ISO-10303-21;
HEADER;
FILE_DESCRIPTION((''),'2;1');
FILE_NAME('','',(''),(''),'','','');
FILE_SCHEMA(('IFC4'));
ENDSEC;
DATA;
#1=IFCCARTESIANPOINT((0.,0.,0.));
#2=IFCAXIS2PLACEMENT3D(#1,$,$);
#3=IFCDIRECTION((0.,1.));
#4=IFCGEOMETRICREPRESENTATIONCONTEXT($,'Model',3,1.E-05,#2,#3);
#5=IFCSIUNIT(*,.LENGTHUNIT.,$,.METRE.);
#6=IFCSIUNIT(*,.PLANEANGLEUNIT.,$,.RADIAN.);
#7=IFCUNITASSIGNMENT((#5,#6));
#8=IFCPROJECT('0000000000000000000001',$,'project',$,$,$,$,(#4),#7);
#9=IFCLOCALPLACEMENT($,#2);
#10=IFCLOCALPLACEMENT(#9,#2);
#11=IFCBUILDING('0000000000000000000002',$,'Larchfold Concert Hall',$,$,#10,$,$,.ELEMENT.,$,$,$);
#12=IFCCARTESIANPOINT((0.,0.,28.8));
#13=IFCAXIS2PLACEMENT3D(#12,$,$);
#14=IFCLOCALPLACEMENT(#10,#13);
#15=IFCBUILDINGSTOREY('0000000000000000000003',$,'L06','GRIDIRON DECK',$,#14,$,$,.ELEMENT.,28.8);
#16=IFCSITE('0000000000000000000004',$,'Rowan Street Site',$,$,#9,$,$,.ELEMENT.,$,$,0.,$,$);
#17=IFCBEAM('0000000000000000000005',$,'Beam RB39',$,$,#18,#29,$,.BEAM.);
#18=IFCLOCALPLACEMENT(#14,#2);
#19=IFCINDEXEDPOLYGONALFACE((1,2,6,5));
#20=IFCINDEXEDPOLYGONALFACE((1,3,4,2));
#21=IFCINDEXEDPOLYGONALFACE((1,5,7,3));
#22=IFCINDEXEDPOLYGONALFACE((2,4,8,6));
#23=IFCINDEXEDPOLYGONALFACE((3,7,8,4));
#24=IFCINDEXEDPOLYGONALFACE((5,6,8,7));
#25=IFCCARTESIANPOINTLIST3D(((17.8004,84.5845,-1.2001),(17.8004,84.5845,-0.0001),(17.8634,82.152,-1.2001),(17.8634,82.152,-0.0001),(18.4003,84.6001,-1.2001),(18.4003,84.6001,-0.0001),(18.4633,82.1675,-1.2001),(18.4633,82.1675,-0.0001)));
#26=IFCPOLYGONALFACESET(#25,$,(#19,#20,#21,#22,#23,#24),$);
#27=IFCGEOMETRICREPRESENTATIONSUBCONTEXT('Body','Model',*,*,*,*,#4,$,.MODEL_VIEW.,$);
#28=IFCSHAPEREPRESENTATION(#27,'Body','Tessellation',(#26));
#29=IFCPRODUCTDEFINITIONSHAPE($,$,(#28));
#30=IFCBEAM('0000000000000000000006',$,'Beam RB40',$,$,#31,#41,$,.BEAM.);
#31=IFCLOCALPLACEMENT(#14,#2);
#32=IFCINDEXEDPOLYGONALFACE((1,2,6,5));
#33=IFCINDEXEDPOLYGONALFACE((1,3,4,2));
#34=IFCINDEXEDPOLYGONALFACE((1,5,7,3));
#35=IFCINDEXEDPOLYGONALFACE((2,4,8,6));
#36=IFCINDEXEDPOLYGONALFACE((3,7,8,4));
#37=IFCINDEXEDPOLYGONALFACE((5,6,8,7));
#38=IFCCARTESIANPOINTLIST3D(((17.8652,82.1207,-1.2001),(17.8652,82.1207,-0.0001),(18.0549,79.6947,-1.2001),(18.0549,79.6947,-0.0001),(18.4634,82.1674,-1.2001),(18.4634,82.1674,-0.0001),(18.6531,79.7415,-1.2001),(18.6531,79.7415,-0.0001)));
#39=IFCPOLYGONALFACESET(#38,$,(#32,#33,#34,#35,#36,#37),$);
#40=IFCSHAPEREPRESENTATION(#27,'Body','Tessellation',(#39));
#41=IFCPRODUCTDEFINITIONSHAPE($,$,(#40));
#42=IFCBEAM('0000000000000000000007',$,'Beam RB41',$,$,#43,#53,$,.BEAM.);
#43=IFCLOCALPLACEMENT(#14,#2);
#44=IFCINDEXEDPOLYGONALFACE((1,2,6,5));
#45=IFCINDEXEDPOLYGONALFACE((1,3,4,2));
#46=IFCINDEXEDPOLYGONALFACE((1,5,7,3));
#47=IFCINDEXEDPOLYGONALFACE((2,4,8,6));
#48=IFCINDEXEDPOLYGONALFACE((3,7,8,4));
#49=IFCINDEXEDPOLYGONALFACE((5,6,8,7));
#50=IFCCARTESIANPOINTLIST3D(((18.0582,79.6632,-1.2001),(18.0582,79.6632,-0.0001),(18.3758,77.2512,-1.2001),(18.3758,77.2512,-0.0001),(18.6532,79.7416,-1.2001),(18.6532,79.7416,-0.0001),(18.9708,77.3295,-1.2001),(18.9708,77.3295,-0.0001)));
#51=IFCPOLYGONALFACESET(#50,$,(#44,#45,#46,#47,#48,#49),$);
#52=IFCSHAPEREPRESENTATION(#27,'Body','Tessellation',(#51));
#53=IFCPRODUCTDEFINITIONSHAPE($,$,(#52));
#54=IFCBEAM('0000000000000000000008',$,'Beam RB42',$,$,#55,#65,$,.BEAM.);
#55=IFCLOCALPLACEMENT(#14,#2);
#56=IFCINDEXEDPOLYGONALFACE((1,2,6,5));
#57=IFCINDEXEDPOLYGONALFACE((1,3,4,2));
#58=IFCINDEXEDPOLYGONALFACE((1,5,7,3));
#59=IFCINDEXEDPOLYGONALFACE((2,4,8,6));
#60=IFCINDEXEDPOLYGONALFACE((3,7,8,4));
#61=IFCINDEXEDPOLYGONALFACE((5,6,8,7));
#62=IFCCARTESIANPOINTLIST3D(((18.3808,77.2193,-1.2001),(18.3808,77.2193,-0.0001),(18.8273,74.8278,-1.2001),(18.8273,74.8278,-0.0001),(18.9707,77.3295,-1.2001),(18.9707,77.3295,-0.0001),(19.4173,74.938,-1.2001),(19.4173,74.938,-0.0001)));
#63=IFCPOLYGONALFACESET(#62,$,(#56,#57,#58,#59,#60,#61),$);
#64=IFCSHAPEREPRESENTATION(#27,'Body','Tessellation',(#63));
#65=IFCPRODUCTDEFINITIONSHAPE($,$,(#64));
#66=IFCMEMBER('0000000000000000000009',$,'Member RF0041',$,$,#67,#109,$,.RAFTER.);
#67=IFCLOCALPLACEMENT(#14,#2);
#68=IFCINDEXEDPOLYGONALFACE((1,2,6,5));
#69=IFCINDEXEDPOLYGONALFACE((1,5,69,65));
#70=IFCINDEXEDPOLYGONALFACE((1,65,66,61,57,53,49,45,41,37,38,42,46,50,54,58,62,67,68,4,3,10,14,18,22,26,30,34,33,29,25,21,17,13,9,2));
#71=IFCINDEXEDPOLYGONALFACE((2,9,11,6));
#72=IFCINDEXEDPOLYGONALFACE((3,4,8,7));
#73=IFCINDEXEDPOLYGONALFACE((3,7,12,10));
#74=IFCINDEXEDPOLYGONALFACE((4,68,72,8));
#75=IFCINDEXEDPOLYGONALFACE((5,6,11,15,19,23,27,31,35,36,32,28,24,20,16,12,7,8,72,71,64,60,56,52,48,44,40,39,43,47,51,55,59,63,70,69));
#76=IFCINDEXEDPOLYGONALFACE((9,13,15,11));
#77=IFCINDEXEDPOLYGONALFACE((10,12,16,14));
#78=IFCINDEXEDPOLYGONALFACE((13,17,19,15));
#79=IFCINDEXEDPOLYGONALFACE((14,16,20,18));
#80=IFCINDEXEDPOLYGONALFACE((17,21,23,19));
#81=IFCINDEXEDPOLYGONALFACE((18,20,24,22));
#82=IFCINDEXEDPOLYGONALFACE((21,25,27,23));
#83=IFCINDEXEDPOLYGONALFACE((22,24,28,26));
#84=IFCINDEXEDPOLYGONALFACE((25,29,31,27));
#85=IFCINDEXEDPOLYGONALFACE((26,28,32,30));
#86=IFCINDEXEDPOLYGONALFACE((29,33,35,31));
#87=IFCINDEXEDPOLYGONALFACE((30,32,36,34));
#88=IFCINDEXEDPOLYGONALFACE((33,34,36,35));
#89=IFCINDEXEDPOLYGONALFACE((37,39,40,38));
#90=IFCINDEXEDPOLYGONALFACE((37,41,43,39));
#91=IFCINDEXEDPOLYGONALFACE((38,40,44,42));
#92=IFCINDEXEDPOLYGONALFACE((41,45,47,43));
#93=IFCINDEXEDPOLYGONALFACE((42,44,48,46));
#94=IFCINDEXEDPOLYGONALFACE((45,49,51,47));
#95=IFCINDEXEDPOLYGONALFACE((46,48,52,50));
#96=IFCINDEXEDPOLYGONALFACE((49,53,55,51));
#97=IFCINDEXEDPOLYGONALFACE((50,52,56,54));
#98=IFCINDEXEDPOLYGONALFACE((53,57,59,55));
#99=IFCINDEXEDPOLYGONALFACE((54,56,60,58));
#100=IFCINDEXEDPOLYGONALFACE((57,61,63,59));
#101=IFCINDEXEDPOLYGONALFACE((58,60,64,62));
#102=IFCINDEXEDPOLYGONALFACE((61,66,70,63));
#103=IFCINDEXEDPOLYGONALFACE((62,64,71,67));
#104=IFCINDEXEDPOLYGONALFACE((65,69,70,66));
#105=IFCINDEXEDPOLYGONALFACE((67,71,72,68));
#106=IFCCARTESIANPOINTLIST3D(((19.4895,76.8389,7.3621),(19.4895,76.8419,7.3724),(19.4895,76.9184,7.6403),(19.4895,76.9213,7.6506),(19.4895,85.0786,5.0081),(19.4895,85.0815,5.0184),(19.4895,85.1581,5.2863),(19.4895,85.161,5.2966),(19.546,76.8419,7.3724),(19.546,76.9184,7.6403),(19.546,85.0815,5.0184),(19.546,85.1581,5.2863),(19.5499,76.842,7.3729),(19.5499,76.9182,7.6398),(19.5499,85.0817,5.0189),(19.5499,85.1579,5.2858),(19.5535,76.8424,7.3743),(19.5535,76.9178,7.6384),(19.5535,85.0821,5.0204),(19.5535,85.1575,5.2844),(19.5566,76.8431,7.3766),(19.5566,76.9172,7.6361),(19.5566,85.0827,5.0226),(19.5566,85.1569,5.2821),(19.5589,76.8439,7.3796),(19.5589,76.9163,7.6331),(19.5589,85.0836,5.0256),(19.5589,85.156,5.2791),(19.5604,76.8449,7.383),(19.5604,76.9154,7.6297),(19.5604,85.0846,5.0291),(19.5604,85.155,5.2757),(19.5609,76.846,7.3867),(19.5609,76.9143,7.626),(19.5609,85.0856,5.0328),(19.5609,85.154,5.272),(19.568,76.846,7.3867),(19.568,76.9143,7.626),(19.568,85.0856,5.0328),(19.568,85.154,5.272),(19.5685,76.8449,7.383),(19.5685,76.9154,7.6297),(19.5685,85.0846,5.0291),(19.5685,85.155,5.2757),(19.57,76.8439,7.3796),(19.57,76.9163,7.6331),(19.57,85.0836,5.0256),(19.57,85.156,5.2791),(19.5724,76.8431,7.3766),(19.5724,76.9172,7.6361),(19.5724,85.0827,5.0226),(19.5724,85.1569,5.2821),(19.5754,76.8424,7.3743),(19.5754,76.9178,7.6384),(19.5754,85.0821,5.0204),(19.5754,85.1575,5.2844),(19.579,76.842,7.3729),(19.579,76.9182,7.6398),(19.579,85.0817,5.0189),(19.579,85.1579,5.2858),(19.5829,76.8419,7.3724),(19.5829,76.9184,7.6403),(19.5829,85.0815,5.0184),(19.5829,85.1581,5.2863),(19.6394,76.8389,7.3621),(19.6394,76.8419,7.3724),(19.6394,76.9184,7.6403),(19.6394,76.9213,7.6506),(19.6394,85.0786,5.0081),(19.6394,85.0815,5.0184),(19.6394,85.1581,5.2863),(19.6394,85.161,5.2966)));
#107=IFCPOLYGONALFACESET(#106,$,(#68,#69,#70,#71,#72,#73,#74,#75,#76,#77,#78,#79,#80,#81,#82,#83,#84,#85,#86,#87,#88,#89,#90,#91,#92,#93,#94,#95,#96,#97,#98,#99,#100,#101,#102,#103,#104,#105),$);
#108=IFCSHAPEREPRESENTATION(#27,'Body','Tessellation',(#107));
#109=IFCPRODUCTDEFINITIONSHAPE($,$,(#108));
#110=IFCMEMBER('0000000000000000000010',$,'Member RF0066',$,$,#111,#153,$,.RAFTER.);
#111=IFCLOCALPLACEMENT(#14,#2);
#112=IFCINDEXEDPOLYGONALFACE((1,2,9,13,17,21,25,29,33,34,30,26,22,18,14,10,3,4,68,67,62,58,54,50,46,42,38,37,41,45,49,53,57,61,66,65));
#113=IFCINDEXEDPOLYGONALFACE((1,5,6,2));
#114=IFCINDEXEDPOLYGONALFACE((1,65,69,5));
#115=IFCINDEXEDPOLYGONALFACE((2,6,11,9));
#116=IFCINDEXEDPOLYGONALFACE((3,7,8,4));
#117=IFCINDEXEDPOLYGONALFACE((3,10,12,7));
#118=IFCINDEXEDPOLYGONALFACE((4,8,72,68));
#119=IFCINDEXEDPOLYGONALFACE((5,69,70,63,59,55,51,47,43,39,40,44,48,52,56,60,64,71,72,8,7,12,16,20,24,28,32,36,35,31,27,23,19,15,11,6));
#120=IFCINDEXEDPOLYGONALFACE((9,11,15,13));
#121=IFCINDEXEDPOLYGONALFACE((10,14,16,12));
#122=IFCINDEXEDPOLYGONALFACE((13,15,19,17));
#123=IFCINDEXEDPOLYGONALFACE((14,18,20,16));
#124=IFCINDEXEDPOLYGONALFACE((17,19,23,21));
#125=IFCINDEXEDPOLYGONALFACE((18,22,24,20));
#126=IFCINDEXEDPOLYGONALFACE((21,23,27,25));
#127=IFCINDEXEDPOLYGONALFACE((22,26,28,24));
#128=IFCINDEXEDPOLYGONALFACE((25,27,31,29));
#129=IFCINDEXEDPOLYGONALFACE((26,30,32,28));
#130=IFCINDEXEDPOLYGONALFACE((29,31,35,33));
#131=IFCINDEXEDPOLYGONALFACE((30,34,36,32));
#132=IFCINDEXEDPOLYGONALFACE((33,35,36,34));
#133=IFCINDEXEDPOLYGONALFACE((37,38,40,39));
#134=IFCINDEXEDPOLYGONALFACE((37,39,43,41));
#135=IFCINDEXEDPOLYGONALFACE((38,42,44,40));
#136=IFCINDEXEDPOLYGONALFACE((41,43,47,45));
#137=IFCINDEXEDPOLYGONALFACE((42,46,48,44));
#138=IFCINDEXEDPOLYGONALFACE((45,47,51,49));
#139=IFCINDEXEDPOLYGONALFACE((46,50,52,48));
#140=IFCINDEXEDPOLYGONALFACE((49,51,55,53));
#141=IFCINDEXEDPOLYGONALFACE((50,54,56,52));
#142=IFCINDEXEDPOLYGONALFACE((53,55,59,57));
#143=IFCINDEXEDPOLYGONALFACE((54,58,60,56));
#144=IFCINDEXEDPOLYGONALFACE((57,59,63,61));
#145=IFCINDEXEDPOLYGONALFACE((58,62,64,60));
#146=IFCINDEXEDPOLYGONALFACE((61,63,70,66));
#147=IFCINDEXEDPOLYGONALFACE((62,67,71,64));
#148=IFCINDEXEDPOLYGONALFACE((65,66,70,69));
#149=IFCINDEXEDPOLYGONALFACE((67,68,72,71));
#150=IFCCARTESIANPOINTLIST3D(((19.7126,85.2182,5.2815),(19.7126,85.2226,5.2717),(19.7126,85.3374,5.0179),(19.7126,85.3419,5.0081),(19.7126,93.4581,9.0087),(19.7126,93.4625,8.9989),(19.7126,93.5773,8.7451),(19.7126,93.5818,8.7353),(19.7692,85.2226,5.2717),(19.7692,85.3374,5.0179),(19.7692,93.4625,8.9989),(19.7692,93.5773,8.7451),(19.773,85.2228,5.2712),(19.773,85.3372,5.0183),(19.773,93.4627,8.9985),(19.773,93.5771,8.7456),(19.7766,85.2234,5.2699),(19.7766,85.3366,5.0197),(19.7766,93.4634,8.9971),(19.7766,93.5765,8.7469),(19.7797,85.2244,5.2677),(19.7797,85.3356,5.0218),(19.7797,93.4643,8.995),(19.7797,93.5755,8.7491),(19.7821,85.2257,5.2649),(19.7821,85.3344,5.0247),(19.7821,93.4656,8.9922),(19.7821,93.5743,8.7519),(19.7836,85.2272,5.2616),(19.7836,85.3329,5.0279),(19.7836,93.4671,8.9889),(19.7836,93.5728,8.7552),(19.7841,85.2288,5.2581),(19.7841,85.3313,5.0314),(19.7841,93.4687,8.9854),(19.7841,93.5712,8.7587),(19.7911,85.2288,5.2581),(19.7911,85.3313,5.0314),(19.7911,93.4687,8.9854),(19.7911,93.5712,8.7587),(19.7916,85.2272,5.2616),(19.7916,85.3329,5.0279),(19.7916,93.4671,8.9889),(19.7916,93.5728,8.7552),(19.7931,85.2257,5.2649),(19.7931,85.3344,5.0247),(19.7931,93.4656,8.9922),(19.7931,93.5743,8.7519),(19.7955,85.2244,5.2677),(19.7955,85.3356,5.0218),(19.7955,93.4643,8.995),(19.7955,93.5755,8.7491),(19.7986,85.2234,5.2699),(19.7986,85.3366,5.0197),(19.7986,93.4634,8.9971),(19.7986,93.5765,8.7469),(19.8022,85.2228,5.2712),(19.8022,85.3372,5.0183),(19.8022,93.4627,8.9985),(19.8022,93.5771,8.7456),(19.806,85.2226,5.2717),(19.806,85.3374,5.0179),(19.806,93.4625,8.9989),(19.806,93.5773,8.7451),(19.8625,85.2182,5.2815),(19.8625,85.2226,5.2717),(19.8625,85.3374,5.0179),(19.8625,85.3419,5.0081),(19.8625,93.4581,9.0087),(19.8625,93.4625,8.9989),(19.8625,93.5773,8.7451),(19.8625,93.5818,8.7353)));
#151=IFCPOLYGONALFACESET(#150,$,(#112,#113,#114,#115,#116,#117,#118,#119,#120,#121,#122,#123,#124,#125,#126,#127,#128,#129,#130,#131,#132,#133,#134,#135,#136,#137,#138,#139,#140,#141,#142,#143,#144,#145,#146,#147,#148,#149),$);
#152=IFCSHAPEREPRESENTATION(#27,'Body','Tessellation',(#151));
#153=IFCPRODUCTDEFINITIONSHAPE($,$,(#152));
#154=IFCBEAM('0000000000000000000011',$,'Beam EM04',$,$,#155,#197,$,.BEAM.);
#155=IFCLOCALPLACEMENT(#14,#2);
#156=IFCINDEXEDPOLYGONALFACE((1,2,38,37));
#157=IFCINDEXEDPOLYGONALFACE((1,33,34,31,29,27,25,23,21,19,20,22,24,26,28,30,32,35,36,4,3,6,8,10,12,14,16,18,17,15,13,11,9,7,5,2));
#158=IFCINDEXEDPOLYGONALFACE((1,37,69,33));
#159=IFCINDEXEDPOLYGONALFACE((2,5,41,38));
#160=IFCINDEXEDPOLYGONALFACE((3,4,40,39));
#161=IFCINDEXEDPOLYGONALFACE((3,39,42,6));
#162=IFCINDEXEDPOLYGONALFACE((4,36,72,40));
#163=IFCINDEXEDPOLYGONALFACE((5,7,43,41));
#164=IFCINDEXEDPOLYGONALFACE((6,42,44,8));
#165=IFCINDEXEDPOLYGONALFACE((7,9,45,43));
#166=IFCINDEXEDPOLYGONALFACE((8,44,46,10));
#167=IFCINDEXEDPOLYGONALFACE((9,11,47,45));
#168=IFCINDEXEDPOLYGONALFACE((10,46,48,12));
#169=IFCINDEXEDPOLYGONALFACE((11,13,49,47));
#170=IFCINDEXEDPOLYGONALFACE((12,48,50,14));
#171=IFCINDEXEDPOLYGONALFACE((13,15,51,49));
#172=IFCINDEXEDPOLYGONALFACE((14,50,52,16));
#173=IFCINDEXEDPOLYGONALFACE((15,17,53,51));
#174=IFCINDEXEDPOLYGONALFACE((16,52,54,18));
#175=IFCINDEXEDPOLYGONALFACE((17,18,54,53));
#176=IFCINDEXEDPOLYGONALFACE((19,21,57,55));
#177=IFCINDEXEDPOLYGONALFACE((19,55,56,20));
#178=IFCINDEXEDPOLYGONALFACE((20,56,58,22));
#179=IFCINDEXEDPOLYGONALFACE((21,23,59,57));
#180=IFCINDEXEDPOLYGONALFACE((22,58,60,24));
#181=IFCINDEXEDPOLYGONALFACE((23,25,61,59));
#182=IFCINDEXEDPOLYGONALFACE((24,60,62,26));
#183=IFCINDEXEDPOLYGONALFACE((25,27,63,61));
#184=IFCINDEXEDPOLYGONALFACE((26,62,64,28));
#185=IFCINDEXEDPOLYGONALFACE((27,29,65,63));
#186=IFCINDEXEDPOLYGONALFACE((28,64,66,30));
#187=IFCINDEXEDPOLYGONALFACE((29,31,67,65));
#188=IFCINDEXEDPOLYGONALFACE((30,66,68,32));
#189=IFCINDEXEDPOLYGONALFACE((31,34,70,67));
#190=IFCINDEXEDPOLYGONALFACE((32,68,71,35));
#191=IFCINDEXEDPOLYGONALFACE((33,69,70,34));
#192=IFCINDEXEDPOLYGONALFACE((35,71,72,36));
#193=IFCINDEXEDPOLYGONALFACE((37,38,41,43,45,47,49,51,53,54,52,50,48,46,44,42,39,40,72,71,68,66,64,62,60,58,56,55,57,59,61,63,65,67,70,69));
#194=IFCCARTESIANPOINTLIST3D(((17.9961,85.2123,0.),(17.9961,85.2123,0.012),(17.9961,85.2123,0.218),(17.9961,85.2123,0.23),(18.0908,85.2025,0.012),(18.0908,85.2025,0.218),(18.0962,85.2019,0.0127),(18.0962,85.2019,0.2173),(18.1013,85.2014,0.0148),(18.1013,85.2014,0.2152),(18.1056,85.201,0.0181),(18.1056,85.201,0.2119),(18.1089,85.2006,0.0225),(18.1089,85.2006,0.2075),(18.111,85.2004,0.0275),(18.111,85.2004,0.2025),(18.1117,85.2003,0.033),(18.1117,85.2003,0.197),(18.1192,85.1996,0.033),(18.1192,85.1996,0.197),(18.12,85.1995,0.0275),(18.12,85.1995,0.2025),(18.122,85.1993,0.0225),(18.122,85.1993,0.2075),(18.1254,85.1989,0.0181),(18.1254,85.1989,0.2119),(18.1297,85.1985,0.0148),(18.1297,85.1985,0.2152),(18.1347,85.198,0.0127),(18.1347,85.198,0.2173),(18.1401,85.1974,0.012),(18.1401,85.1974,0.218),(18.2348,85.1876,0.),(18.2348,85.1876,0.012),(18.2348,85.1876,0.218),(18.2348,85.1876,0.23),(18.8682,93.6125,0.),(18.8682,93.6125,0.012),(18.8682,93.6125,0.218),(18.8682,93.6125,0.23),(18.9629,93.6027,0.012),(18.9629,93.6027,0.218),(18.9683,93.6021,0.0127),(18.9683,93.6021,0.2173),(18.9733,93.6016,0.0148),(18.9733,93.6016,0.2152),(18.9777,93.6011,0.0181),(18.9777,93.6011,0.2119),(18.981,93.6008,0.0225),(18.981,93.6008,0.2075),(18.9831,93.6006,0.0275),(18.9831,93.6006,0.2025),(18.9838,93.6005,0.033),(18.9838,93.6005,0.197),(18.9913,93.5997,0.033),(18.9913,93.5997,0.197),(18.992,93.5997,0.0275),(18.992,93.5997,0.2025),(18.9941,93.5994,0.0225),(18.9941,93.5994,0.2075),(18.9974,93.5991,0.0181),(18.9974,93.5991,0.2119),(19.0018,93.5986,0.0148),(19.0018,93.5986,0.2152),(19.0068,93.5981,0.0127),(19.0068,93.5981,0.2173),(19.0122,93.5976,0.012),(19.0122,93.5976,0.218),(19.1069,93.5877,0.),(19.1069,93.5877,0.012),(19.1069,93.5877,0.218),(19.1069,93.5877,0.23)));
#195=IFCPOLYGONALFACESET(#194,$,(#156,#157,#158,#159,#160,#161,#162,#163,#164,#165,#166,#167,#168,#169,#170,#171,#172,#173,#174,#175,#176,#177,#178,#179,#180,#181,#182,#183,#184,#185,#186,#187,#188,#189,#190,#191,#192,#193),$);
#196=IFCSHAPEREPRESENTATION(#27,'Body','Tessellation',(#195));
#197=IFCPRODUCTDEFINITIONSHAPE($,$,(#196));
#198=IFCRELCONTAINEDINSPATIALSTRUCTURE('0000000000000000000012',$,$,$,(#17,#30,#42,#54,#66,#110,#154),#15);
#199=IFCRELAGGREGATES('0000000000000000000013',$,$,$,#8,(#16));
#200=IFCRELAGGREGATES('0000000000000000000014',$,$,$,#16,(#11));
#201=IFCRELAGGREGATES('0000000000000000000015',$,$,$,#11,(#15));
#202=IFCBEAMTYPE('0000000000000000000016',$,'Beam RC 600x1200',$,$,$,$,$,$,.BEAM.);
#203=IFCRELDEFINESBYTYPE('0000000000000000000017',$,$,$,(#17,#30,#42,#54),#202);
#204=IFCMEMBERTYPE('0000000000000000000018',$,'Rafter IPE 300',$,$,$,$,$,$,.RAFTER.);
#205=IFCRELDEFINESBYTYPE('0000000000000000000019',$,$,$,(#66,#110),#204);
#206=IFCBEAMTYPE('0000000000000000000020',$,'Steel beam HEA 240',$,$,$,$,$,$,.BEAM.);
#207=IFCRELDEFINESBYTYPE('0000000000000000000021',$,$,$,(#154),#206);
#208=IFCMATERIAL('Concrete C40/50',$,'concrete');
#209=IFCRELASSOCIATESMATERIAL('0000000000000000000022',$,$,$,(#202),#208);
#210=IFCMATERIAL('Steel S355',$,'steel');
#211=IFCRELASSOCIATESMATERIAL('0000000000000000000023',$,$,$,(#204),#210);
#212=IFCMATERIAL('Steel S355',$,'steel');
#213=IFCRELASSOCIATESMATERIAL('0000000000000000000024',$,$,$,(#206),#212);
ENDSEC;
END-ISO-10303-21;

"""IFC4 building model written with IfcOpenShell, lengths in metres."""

from ifc_helpers import new_model, si_unit, direction, frame, origin, origin_2d, place, context, subcontext, project, spatial, rectangle, i_section, extrude, material, material_profile, profile_set, type_object, element, save


model = new_model("IFC4")

# Units and contexts
model_context = context("Model", 3, precision=1e-05, world=origin(), true_north=direction((0.0, 1.0)))
body_context = subcontext(model_context, "Body", "Model", "MODEL_VIEW")
ifc_project = project(units=[si_unit("LENGTHUNIT", "METRE"), si_unit("PLANEANGLEUNIT", "RADIAN")], contexts=[model_context])

# Site, building, storey
site_placement = place(None, origin())
site = spatial("IfcSite", under=ifc_project, at=site_placement, Name="Rowan Street Site", CompositionType="ELEMENT", RefElevation=0.0)
building_placement = place(site_placement, origin())
building = spatial("IfcBuilding", under=site, at=building_placement, Name="Larchfold Concert Hall", CompositionType="ELEMENT")
storey_placement = place(building_placement, frame((0.0, 0.0, 28.8)))
storey = spatial("IfcBuildingStorey", under=building, at=storey_placement, Name="L06", Description="GRIDIRON DECK", CompositionType="ELEMENT", Elevation=28.8)

# Beams
ifc_material_1 = material(Name="Concrete C40/50", Category="concrete")
ifc_material_profile_1 = material_profile(ifc_material_1, rectangle(XDim=0.6001, YDim=1.2, at=origin_2d()))
ifc_profile_set_1 = profile_set([ifc_material_profile_1], Name="Concrete C40/50")
beam_type_1 = type_object("IfcBeamType", Name="Beam RC 600x1200", PredefinedType="BEAM", material=ifc_profile_set_1)
for number, where, z_axis, x_axis, name in (
    (1, (18.1003, 84.5923, -0.6001), (0.025885, -0.999665, 0.0), (0.999665, 0.025885, 0.0), "Beam RB39"),
    (2, (18.1643, 82.144, -0.6001), (0.077955, -0.996957, 0.0), (0.996957, 0.077955, 0.0), "Beam RB40"),
):
    element("IfcBeam", number, at=place(storey_placement, frame(where, z_axis=z_axis, x_axis=x_axis)), inside=storey, type_object=beam_type_1, Name=name, PredefinedType="BEAM", context=body_context, shape_type="SweptSolid", body=[
        extrude(rectangle(XDim=0.6001, YDim=1.2, at=origin_2d()), origin(), (0.0, 0.0, 1.0), 2.4333),
    ])
for number, where, z_axis, x_axis, name in (
    (3, (18.3557, 79.7024, -0.6001), (0.130553, -0.991441, 0.0), (0.991441, 0.130553, 0.0), "Beam RB41"),
    (4, (18.6758, 77.2744, -0.6001), (0.183537, -0.983013, 0.0), (0.983013, 0.183537, 0.0), "Beam RB42"),
):
    element("IfcBeam", number, at=place(storey_placement, frame(where, z_axis=z_axis, x_axis=x_axis)), inside=storey, type_object=beam_type_1, Name=name, PredefinedType="BEAM", context=body_context, shape_type="SweptSolid", body=[
        extrude(rectangle(XDim=0.6001, YDim=1.2, at=origin_2d()), origin(), (0.0, 0.0, 1.0), 2.4329),
    ])

# Members
ifc_material_2 = material(Name="Steel S355", Category="steel")
ifc_material_profile_2 = material_profile(ifc_material_2, i_section(OverallWidth=0.1499, OverallDepth=0.3, WebThickness=0.0071, FlangeThickness=0.0107, FilletRadius=0.0149, at=origin_2d()))
ifc_profile_set_2 = profile_set([ifc_material_profile_2], Name="Steel S355")
member_type_1 = type_object("IfcMemberType", Name="Rafter IPE 300", PredefinedType="RAFTER", material=ifc_profile_set_2)
member_1_placement = place(storey_placement, frame((19.5645, 76.8801, 7.5063), z_axis=(0.0, 0.96153, -0.274699), x_axis=(-1.0, 0.0, 0.0)))
element("IfcMember", 5, at=member_1_placement, inside=storey, type_object=member_type_1, Name="Member RF0041", PredefinedType="RAFTER", context=body_context, shape_type="SweptSolid", body=[
    extrude(i_section(OverallWidth=0.1499, OverallDepth=0.3, WebThickness=0.0071, FlangeThickness=0.0107, FilletRadius=0.0149, at=origin_2d()), origin(), (0.0, 0.0, 1.0), 8.5693),
])
member_2_placement = place(storey_placement, frame((19.7876, 85.28, 5.1448), z_axis=(0.0, 0.911121, 0.412139), x_axis=(-1.0, 0.0, 0.0)))
element("IfcMember", 6, at=member_2_placement, inside=storey, type_object=member_type_1, Name="Member RF0066", PredefinedType="RAFTER", context=body_context, shape_type="SweptSolid", body=[
    extrude(i_section(OverallWidth=0.1499, OverallDepth=0.3, WebThickness=0.0071, FlangeThickness=0.0107, FilletRadius=0.0149, at=origin_2d()), origin(), (0.0, 0.0, 1.0), 9.0437),
])

# Beam
ifc_material_3 = material(Name="Steel S355", Category="steel")
ifc_material_profile_3 = material_profile(ifc_material_3, i_section(OverallWidth=0.24, OverallDepth=0.23, WebThickness=0.0076, FlangeThickness=0.012, FilletRadius=0.021, at=origin_2d()))
ifc_profile_set_3 = profile_set([ifc_material_profile_3], Name="Steel S355")
beam_type_2 = type_object("IfcBeamType", Name="Steel beam HEA 240", PredefinedType="BEAM", material=ifc_profile_set_3)
beam_1_placement = place(storey_placement, frame((18.1155, 85.2, 0.115), z_axis=(0.103261, 0.994654, 0.0), x_axis=(-0.994654, 0.103261, 0.0)))
element("IfcBeam", 7, at=beam_1_placement, inside=storey, type_object=beam_type_2, Name="Beam EM04", PredefinedType="BEAM", context=body_context, shape_type="SweptSolid", body=[
    extrude(i_section(OverallWidth=0.24, OverallDepth=0.23, WebThickness=0.0076, FlangeThickness=0.012, FilletRadius=0.021, at=origin_2d()), origin(), (0.0, 0.0, 1.0), 8.4453),
])

save(model, "model.ifc")
